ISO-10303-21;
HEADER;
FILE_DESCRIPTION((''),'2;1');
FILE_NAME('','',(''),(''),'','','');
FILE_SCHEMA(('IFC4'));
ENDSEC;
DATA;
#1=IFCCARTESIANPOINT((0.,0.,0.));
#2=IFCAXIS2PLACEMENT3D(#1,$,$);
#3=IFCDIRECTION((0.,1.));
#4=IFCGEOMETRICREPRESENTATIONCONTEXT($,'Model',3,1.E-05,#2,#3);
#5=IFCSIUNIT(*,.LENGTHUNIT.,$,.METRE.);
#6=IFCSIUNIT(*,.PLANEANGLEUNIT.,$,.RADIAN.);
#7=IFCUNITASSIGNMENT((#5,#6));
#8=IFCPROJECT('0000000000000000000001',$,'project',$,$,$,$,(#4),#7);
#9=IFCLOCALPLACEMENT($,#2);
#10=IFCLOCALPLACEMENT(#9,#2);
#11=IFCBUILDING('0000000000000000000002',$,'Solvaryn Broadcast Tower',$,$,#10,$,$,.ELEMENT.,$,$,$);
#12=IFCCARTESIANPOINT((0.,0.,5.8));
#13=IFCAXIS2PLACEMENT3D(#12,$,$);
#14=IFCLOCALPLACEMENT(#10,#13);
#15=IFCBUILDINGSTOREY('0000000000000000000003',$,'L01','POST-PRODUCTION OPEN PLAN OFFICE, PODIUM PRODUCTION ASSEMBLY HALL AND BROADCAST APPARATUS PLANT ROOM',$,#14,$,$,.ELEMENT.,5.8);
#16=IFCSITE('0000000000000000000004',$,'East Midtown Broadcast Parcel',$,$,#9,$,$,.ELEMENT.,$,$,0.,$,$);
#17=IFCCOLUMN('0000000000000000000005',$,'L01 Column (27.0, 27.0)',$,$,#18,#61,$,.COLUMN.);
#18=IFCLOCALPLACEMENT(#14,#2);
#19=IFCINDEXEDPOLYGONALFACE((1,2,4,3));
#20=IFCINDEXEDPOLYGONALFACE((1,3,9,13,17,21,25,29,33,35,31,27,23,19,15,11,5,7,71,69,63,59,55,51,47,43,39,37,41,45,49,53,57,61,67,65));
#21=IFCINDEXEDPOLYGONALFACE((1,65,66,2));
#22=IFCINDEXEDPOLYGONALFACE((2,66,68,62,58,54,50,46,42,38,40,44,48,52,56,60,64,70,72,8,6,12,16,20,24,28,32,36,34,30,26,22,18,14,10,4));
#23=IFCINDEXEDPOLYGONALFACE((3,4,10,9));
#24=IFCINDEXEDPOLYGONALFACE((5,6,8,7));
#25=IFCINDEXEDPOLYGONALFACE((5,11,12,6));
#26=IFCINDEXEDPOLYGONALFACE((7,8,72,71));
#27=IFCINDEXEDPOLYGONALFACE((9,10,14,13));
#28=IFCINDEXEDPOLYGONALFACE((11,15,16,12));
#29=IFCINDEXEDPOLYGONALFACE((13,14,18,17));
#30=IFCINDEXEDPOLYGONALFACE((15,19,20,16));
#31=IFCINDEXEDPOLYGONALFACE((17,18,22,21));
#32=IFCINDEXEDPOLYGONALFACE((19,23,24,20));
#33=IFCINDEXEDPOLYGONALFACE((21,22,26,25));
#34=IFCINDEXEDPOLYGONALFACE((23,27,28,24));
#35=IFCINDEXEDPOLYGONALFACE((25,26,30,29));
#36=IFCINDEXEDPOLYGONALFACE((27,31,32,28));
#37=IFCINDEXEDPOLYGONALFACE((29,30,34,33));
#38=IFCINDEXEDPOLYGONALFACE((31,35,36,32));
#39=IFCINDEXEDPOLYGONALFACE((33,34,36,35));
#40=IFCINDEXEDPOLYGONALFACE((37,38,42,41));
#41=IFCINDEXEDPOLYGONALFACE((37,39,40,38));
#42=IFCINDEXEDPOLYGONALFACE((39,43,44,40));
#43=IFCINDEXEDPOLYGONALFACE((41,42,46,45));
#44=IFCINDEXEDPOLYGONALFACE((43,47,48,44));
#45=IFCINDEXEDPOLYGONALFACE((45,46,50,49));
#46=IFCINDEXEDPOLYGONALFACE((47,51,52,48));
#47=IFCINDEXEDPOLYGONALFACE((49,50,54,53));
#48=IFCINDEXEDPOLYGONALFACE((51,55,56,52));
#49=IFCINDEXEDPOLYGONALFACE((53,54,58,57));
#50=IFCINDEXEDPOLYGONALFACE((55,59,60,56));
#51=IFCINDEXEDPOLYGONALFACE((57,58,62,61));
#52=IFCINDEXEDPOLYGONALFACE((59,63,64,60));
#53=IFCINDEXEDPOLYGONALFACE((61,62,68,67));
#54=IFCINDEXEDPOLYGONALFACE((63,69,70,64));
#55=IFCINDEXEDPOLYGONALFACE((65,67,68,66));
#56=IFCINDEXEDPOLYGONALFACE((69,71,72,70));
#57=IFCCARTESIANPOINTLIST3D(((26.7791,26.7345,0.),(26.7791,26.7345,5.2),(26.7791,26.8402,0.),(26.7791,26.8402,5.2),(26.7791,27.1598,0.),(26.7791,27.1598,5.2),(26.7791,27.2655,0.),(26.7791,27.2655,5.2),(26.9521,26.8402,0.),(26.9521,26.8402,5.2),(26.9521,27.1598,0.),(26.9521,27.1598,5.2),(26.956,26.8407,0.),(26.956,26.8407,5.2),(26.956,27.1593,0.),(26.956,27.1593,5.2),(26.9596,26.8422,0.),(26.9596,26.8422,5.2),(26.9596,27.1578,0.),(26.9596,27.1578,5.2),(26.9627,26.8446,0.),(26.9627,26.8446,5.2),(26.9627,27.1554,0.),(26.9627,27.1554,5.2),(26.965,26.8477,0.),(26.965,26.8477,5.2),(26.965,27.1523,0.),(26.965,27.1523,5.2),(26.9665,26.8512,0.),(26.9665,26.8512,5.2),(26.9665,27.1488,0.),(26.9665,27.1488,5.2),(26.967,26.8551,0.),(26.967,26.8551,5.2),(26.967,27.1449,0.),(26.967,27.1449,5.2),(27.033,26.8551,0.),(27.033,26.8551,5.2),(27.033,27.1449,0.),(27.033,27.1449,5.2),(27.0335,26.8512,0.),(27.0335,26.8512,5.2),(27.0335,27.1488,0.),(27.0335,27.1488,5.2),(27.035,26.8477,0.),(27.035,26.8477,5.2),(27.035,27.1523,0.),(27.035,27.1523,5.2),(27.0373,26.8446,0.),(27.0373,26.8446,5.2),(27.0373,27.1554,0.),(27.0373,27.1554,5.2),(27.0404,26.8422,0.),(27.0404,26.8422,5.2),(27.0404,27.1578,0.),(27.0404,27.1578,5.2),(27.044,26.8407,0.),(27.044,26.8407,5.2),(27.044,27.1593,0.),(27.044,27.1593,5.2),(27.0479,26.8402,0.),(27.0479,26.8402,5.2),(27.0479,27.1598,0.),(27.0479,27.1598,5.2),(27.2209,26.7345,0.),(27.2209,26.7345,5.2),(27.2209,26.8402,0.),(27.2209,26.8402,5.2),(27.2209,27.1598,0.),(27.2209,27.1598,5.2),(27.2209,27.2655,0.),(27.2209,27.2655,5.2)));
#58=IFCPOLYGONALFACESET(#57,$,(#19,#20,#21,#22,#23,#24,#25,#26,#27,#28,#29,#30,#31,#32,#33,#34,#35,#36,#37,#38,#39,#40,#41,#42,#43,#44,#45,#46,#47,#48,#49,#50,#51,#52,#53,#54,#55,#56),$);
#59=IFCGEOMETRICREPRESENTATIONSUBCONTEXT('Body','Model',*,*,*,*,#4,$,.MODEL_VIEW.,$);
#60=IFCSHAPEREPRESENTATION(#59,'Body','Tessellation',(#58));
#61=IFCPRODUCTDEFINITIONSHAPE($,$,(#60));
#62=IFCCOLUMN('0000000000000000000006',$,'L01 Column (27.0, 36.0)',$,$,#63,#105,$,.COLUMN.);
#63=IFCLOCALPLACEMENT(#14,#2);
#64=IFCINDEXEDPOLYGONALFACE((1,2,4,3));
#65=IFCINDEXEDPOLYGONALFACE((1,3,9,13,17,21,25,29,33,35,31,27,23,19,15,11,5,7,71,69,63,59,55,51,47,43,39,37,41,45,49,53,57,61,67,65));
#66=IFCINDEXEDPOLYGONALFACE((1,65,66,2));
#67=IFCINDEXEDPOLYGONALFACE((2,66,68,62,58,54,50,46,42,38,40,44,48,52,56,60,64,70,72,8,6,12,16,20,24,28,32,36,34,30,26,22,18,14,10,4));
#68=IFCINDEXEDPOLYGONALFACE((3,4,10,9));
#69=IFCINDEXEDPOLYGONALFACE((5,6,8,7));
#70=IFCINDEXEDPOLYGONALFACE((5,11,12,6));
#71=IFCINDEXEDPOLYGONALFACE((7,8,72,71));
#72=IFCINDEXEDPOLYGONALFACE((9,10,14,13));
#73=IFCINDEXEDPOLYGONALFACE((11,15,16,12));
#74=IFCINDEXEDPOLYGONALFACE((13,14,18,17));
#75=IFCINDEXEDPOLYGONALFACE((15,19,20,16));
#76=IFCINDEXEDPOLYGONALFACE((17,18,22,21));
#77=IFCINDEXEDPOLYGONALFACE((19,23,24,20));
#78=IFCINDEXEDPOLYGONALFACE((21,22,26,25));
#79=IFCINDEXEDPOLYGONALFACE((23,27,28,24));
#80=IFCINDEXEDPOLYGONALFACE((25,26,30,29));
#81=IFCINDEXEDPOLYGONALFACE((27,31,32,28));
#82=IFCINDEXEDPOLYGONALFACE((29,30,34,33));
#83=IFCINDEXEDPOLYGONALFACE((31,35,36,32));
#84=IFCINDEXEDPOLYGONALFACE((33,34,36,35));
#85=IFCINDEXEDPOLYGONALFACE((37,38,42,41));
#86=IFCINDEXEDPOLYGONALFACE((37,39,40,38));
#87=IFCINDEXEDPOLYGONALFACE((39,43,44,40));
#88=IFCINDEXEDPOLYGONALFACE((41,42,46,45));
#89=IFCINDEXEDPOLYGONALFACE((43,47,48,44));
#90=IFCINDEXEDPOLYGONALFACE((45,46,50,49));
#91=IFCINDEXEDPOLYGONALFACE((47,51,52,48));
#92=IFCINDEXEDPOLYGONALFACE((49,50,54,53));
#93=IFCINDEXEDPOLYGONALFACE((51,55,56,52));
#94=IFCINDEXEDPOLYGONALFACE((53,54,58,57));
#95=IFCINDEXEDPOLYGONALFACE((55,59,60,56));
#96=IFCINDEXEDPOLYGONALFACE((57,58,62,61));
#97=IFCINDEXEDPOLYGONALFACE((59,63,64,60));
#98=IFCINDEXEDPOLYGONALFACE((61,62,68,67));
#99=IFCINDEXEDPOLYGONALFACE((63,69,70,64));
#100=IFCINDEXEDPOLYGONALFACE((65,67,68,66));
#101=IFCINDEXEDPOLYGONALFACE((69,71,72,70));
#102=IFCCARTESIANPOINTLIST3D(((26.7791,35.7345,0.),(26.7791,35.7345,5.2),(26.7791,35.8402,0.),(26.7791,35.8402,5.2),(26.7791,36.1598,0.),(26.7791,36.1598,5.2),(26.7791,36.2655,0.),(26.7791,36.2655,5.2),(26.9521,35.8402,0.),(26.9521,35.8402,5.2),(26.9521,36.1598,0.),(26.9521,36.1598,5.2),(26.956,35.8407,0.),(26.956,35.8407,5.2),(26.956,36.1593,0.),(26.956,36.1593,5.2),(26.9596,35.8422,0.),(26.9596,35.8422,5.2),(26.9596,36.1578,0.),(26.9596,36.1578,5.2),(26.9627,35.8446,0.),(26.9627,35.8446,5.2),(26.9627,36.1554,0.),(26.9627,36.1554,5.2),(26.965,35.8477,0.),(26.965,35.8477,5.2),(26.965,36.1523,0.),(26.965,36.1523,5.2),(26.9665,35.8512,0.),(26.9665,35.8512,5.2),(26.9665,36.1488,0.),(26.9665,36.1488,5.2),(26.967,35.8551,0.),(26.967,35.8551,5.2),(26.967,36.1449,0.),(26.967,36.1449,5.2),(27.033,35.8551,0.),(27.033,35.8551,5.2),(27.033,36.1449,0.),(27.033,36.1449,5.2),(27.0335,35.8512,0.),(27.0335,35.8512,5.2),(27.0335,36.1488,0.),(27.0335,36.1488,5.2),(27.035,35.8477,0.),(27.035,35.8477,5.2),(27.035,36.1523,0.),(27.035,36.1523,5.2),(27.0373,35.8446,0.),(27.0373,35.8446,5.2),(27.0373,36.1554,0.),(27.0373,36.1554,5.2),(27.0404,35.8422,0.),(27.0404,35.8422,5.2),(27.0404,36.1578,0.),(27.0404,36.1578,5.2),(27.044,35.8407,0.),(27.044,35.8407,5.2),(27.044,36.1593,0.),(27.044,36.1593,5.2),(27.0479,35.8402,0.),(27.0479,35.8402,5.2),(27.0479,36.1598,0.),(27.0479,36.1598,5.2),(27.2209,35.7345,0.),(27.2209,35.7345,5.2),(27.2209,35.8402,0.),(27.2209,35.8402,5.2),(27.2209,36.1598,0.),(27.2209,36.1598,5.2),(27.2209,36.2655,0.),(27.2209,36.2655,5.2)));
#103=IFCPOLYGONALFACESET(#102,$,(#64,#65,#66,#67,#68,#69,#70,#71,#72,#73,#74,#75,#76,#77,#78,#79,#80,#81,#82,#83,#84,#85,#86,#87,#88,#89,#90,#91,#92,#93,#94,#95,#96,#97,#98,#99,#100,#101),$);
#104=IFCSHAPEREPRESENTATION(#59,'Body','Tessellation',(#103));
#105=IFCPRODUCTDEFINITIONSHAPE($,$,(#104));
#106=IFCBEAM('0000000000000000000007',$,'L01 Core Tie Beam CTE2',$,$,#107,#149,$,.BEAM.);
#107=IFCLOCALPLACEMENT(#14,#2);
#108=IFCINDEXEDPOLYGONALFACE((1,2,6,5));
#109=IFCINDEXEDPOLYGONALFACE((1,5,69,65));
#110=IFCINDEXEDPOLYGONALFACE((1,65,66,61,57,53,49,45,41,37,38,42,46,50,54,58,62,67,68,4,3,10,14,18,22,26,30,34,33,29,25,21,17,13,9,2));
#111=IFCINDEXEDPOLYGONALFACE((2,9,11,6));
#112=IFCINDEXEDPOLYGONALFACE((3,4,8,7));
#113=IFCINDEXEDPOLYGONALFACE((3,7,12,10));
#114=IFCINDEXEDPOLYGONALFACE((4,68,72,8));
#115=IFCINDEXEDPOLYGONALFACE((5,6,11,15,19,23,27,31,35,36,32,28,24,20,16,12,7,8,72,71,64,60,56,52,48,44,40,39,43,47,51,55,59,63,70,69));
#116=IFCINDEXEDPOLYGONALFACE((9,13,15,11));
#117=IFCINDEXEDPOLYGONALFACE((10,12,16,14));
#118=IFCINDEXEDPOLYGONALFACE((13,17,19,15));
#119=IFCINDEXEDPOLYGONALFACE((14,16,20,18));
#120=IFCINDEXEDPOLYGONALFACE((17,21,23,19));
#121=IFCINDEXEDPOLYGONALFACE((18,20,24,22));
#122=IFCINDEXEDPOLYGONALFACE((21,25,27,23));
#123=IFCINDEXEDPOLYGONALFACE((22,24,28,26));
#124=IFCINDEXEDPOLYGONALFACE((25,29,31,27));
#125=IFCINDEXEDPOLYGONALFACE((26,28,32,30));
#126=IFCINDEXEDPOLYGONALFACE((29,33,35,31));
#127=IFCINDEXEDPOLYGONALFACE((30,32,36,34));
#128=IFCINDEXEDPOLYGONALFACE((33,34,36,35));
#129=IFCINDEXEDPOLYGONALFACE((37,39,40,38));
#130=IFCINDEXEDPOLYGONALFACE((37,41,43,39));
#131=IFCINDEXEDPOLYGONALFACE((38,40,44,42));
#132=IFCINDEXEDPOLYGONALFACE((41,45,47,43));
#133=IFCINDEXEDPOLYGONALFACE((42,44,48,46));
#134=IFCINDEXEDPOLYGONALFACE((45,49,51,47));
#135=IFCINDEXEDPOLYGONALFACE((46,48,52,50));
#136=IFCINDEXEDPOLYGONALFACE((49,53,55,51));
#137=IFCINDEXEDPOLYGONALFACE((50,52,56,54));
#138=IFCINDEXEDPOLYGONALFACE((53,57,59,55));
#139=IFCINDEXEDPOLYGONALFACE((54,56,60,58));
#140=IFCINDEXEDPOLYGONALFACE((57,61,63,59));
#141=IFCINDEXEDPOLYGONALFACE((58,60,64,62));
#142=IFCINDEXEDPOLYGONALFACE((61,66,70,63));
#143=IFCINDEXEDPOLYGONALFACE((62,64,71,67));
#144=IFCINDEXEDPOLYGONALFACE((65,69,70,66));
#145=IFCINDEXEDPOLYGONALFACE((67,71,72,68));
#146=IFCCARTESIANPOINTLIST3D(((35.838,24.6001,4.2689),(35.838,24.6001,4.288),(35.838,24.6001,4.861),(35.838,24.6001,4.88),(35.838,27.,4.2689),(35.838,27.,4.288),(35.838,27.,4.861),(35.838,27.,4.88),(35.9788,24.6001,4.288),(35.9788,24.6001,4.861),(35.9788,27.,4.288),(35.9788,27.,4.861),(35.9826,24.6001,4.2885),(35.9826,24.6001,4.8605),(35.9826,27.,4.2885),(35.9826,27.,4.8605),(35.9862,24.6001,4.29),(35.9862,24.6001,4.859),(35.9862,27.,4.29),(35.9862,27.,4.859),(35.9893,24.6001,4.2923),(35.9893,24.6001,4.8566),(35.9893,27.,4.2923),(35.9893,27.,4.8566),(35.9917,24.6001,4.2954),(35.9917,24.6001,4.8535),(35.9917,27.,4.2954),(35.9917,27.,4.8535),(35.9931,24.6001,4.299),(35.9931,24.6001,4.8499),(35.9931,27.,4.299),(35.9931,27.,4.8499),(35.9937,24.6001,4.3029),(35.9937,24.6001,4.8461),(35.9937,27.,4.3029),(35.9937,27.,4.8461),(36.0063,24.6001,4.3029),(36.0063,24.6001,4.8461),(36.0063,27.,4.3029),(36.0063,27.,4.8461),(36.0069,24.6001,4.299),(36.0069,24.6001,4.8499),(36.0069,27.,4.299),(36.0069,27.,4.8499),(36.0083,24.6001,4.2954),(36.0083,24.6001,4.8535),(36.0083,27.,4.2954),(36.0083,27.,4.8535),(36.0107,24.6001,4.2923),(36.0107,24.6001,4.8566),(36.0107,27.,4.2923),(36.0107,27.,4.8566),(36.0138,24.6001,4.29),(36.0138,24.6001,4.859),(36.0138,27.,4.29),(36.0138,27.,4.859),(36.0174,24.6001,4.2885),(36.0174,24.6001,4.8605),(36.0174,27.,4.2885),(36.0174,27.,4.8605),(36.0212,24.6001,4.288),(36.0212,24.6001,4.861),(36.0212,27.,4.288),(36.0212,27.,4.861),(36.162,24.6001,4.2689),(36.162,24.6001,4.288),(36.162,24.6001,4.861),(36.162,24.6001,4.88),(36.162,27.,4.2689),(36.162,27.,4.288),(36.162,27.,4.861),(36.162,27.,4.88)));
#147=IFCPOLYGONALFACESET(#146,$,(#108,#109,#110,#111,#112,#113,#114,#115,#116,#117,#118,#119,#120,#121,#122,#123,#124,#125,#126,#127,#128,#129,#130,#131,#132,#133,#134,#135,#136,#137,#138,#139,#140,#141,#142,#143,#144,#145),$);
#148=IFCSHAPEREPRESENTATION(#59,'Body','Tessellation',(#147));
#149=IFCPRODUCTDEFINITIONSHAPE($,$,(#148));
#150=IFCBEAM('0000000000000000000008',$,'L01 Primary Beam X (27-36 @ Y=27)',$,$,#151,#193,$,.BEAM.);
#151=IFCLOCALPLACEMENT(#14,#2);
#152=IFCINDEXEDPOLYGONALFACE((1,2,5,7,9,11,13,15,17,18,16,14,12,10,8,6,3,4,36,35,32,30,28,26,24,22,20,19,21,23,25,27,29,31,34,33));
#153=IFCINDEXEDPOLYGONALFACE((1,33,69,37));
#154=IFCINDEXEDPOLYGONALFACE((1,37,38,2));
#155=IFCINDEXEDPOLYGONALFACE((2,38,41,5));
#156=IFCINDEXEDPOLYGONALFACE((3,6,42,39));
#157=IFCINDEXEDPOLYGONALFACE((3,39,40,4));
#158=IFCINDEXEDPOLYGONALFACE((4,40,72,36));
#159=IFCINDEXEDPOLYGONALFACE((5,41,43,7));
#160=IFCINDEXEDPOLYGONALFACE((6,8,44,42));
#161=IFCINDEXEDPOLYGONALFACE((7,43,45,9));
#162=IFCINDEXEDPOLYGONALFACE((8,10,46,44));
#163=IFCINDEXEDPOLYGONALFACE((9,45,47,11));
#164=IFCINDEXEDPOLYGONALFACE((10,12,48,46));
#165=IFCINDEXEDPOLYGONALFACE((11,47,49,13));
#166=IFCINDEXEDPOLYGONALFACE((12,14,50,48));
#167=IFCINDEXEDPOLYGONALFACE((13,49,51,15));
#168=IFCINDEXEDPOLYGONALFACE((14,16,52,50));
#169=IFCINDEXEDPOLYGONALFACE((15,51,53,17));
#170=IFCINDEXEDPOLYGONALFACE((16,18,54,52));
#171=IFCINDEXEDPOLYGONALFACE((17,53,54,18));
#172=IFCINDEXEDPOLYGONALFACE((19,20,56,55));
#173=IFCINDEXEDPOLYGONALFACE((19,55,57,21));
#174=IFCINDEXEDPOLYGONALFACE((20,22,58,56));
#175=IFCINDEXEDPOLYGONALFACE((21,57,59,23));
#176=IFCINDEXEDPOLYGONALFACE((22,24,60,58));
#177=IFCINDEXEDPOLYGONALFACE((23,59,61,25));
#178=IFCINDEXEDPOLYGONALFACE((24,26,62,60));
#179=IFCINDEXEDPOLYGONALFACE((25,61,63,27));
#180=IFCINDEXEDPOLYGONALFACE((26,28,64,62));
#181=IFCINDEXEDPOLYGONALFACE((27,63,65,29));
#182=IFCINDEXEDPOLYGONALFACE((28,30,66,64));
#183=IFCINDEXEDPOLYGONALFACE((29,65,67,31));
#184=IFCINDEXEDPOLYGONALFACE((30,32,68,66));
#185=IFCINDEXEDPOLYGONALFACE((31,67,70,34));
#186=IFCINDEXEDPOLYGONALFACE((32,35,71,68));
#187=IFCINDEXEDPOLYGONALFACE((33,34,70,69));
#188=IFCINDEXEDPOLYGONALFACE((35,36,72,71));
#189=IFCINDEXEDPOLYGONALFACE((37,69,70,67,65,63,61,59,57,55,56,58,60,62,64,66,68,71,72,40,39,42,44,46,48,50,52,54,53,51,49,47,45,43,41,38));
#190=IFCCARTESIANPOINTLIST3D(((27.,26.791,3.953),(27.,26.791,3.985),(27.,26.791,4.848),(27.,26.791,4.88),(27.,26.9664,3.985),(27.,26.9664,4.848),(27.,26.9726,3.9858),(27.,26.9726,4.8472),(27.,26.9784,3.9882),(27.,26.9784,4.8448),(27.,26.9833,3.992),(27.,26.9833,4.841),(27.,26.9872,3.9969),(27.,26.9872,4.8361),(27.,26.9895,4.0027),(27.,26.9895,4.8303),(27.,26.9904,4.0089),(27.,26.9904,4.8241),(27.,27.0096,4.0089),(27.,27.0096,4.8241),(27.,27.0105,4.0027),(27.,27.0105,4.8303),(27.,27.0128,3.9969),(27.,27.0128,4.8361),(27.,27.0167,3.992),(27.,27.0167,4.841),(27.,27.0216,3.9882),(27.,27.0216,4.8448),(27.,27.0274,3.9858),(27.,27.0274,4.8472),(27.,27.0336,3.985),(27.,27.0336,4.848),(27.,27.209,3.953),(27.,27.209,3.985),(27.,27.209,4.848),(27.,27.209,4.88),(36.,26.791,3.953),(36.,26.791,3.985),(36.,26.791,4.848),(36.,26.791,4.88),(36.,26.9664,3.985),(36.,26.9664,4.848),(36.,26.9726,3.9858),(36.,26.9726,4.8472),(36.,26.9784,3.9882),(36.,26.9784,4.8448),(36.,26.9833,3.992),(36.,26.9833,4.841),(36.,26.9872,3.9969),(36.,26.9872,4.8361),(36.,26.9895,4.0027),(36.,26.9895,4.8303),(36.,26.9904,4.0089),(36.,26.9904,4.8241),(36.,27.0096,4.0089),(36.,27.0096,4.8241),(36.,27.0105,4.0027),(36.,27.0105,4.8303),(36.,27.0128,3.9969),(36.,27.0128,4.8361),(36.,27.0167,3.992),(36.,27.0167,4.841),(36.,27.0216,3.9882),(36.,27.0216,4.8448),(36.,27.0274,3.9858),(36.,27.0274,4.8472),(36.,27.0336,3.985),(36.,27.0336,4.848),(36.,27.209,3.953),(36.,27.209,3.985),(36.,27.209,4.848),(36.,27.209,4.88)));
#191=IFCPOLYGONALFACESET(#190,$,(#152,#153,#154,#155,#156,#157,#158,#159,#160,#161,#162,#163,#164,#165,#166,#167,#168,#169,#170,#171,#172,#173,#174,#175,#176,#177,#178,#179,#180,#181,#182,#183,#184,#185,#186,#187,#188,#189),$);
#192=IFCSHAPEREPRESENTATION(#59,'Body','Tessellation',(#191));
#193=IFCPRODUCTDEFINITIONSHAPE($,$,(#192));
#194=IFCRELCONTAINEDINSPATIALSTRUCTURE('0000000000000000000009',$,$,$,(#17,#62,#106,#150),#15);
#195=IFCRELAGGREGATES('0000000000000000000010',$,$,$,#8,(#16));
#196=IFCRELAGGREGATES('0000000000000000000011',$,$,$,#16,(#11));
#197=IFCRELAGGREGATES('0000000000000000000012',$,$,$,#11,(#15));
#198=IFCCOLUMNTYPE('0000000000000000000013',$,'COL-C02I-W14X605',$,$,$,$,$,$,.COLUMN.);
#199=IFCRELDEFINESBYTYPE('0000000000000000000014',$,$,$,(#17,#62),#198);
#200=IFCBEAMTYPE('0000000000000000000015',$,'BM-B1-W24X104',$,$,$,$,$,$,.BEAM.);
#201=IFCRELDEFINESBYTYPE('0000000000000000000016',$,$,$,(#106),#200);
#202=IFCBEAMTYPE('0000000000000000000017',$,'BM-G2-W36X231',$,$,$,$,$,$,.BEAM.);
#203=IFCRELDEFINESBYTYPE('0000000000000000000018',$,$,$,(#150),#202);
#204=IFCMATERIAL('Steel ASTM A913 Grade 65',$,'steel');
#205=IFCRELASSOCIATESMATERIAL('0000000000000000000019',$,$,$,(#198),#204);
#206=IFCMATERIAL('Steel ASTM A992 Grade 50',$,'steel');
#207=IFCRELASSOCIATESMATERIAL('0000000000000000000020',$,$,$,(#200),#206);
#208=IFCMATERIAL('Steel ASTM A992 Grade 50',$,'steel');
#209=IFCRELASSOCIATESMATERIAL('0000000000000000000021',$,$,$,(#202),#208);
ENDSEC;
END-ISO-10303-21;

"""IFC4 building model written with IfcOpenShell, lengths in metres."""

from ifc_helpers import new_model, si_unit, direction, frame, origin, origin_2d, place, context, subcontext, project, spatial, i_section, extrude, material, material_profile, profile_set, type_object, element, save


model = new_model("IFC4")

# Units and contexts
model_context = context("Model", 3, precision=1e-05, world=origin(), true_north=direction((0.0, 1.0)))
body_context = subcontext(model_context, "Body", "Model", "MODEL_VIEW")
ifc_project = project(units=[si_unit("LENGTHUNIT", "METRE"), si_unit("PLANEANGLEUNIT", "RADIAN")], contexts=[model_context])

# Site, building, storey
site_placement = place(None, origin())
site = spatial("IfcSite", under=ifc_project, at=site_placement, Name="East Midtown Broadcast Parcel", CompositionType="ELEMENT", RefElevation=0.0)
building_placement = place(site_placement, origin())
building = spatial("IfcBuilding", under=site, at=building_placement, Name="Solvaryn Broadcast Tower", CompositionType="ELEMENT")
storey_placement = place(building_placement, frame((0.0, 0.0, 5.8)))
storey = spatial("IfcBuildingStorey", under=building, at=storey_placement, Name="L01", Description="POST-PRODUCTION OPEN PLAN OFFICE, PODIUM PRODUCTION ASSEMBLY HALL AND BROADCAST APPARATUS PLANT ROOM", CompositionType="ELEMENT", Elevation=5.8)

# Columns
ifc_material_1 = material(Name="Steel ASTM A913 Grade 65", Category="steel")
ifc_material_profile_1 = material_profile(ifc_material_1, i_section(OverallWidth=0.4419, OverallDepth=0.531, WebThickness=0.0659, FlangeThickness=0.1057, FilletRadius=0.0149, at=origin_2d()))
ifc_profile_set_1 = profile_set([ifc_material_profile_1], Name="Steel ASTM A913 Grade 65")
column_type = type_object("IfcColumnType", Name="COL-C02I-W14X605", PredefinedType="COLUMN", material=ifc_profile_set_1)
for number, where, z_axis, x_axis, name in (
    (1, (27.0, 27.0, 0.0), (0.0, 0.0, 1.0), (1.0, 0.0, 0.0), "L01 Column (27.0, 27.0)"),
    (2, (27.0, 36.0, 0.0), (0.0, 0.0, 1.0), (1.0, 0.0, 0.0), "L01 Column (27.0, 36.0)"),
):
    element("IfcColumn", number, at=place(storey_placement, frame(where, z_axis=z_axis, x_axis=x_axis)), inside=storey, type_object=column_type, Name=name, PredefinedType="COLUMN", context=body_context, shape_type="SweptSolid", body=[
        extrude(i_section(OverallWidth=0.4419, OverallDepth=0.531, WebThickness=0.0659, FlangeThickness=0.1057, FilletRadius=0.0149, at=origin_2d()), origin(), (0.0, 0.0, 1.0), 5.2),
    ])

# Beams
ifc_material_2 = material(Name="Steel ASTM A992 Grade 50", Category="steel")
ifc_material_profile_2 = material_profile(ifc_material_2, i_section(OverallWidth=0.324, OverallDepth=0.6111, WebThickness=0.0127, FlangeThickness=0.019, FilletRadius=0.0149, at=origin_2d()))
ifc_profile_set_2 = profile_set([ifc_material_profile_2], Name="Steel ASTM A992 Grade 50")
beam_type_1 = type_object("IfcBeamType", Name="BM-B1-W24X104", PredefinedType="BEAM", material=ifc_profile_set_2)
beam_placement = place(storey_placement, frame((36.0, 24.6001, 4.5745), z_axis=(0.0, 1.0, 0.0), x_axis=(-1.0, 0.0, 0.0)))
element("IfcBeam", 3, at=beam_placement, inside=storey, type_object=beam_type_1, Name="L01 Core Tie Beam CTE2", PredefinedType="BEAM", context=body_context, shape_type="SweptSolid", body=[
    extrude(i_section(OverallWidth=0.324, OverallDepth=0.6111, WebThickness=0.0127, FlangeThickness=0.019, FilletRadius=0.0149, at=origin_2d()), origin(), (0.0, 0.0, 1.0), 2.3999),
])
ifc_material_3 = material(Name="Steel ASTM A992 Grade 50", Category="steel")
ifc_material_profile_3 = material_profile(ifc_material_3, i_section(OverallWidth=0.418, OverallDepth=0.927, WebThickness=0.0193, FlangeThickness=0.032, FilletRadius=0.0239, at=origin_2d()))
ifc_profile_set_3 = profile_set([ifc_material_profile_3], Name="Steel ASTM A992 Grade 50")
beam_type_2 = type_object("IfcBeamType", Name="BM-G2-W36X231", PredefinedType="BEAM", material=ifc_profile_set_3)
for number, where, z_axis, x_axis, name in (
    (4, (27.0, 27.0, 4.4165), (1.0, 0.0, 0.0), (0.0, 1.0, 0.0), "L01 Primary Beam X (27-36 @ Y=27)"),
):
    element("IfcBeam", number, at=place(storey_placement, frame(where, z_axis=z_axis, x_axis=x_axis)), inside=storey, type_object=beam_type_2, Name=name, PredefinedType="BEAM", context=body_context, shape_type="SweptSolid", body=[
        extrude(i_section(OverallWidth=0.418, OverallDepth=0.927, WebThickness=0.0193, FlangeThickness=0.032, FilletRadius=0.0239, at=origin_2d()), origin(), (0.0, 0.0, 1.0), 9.0),
    ])

save(model, "model.ifc")
